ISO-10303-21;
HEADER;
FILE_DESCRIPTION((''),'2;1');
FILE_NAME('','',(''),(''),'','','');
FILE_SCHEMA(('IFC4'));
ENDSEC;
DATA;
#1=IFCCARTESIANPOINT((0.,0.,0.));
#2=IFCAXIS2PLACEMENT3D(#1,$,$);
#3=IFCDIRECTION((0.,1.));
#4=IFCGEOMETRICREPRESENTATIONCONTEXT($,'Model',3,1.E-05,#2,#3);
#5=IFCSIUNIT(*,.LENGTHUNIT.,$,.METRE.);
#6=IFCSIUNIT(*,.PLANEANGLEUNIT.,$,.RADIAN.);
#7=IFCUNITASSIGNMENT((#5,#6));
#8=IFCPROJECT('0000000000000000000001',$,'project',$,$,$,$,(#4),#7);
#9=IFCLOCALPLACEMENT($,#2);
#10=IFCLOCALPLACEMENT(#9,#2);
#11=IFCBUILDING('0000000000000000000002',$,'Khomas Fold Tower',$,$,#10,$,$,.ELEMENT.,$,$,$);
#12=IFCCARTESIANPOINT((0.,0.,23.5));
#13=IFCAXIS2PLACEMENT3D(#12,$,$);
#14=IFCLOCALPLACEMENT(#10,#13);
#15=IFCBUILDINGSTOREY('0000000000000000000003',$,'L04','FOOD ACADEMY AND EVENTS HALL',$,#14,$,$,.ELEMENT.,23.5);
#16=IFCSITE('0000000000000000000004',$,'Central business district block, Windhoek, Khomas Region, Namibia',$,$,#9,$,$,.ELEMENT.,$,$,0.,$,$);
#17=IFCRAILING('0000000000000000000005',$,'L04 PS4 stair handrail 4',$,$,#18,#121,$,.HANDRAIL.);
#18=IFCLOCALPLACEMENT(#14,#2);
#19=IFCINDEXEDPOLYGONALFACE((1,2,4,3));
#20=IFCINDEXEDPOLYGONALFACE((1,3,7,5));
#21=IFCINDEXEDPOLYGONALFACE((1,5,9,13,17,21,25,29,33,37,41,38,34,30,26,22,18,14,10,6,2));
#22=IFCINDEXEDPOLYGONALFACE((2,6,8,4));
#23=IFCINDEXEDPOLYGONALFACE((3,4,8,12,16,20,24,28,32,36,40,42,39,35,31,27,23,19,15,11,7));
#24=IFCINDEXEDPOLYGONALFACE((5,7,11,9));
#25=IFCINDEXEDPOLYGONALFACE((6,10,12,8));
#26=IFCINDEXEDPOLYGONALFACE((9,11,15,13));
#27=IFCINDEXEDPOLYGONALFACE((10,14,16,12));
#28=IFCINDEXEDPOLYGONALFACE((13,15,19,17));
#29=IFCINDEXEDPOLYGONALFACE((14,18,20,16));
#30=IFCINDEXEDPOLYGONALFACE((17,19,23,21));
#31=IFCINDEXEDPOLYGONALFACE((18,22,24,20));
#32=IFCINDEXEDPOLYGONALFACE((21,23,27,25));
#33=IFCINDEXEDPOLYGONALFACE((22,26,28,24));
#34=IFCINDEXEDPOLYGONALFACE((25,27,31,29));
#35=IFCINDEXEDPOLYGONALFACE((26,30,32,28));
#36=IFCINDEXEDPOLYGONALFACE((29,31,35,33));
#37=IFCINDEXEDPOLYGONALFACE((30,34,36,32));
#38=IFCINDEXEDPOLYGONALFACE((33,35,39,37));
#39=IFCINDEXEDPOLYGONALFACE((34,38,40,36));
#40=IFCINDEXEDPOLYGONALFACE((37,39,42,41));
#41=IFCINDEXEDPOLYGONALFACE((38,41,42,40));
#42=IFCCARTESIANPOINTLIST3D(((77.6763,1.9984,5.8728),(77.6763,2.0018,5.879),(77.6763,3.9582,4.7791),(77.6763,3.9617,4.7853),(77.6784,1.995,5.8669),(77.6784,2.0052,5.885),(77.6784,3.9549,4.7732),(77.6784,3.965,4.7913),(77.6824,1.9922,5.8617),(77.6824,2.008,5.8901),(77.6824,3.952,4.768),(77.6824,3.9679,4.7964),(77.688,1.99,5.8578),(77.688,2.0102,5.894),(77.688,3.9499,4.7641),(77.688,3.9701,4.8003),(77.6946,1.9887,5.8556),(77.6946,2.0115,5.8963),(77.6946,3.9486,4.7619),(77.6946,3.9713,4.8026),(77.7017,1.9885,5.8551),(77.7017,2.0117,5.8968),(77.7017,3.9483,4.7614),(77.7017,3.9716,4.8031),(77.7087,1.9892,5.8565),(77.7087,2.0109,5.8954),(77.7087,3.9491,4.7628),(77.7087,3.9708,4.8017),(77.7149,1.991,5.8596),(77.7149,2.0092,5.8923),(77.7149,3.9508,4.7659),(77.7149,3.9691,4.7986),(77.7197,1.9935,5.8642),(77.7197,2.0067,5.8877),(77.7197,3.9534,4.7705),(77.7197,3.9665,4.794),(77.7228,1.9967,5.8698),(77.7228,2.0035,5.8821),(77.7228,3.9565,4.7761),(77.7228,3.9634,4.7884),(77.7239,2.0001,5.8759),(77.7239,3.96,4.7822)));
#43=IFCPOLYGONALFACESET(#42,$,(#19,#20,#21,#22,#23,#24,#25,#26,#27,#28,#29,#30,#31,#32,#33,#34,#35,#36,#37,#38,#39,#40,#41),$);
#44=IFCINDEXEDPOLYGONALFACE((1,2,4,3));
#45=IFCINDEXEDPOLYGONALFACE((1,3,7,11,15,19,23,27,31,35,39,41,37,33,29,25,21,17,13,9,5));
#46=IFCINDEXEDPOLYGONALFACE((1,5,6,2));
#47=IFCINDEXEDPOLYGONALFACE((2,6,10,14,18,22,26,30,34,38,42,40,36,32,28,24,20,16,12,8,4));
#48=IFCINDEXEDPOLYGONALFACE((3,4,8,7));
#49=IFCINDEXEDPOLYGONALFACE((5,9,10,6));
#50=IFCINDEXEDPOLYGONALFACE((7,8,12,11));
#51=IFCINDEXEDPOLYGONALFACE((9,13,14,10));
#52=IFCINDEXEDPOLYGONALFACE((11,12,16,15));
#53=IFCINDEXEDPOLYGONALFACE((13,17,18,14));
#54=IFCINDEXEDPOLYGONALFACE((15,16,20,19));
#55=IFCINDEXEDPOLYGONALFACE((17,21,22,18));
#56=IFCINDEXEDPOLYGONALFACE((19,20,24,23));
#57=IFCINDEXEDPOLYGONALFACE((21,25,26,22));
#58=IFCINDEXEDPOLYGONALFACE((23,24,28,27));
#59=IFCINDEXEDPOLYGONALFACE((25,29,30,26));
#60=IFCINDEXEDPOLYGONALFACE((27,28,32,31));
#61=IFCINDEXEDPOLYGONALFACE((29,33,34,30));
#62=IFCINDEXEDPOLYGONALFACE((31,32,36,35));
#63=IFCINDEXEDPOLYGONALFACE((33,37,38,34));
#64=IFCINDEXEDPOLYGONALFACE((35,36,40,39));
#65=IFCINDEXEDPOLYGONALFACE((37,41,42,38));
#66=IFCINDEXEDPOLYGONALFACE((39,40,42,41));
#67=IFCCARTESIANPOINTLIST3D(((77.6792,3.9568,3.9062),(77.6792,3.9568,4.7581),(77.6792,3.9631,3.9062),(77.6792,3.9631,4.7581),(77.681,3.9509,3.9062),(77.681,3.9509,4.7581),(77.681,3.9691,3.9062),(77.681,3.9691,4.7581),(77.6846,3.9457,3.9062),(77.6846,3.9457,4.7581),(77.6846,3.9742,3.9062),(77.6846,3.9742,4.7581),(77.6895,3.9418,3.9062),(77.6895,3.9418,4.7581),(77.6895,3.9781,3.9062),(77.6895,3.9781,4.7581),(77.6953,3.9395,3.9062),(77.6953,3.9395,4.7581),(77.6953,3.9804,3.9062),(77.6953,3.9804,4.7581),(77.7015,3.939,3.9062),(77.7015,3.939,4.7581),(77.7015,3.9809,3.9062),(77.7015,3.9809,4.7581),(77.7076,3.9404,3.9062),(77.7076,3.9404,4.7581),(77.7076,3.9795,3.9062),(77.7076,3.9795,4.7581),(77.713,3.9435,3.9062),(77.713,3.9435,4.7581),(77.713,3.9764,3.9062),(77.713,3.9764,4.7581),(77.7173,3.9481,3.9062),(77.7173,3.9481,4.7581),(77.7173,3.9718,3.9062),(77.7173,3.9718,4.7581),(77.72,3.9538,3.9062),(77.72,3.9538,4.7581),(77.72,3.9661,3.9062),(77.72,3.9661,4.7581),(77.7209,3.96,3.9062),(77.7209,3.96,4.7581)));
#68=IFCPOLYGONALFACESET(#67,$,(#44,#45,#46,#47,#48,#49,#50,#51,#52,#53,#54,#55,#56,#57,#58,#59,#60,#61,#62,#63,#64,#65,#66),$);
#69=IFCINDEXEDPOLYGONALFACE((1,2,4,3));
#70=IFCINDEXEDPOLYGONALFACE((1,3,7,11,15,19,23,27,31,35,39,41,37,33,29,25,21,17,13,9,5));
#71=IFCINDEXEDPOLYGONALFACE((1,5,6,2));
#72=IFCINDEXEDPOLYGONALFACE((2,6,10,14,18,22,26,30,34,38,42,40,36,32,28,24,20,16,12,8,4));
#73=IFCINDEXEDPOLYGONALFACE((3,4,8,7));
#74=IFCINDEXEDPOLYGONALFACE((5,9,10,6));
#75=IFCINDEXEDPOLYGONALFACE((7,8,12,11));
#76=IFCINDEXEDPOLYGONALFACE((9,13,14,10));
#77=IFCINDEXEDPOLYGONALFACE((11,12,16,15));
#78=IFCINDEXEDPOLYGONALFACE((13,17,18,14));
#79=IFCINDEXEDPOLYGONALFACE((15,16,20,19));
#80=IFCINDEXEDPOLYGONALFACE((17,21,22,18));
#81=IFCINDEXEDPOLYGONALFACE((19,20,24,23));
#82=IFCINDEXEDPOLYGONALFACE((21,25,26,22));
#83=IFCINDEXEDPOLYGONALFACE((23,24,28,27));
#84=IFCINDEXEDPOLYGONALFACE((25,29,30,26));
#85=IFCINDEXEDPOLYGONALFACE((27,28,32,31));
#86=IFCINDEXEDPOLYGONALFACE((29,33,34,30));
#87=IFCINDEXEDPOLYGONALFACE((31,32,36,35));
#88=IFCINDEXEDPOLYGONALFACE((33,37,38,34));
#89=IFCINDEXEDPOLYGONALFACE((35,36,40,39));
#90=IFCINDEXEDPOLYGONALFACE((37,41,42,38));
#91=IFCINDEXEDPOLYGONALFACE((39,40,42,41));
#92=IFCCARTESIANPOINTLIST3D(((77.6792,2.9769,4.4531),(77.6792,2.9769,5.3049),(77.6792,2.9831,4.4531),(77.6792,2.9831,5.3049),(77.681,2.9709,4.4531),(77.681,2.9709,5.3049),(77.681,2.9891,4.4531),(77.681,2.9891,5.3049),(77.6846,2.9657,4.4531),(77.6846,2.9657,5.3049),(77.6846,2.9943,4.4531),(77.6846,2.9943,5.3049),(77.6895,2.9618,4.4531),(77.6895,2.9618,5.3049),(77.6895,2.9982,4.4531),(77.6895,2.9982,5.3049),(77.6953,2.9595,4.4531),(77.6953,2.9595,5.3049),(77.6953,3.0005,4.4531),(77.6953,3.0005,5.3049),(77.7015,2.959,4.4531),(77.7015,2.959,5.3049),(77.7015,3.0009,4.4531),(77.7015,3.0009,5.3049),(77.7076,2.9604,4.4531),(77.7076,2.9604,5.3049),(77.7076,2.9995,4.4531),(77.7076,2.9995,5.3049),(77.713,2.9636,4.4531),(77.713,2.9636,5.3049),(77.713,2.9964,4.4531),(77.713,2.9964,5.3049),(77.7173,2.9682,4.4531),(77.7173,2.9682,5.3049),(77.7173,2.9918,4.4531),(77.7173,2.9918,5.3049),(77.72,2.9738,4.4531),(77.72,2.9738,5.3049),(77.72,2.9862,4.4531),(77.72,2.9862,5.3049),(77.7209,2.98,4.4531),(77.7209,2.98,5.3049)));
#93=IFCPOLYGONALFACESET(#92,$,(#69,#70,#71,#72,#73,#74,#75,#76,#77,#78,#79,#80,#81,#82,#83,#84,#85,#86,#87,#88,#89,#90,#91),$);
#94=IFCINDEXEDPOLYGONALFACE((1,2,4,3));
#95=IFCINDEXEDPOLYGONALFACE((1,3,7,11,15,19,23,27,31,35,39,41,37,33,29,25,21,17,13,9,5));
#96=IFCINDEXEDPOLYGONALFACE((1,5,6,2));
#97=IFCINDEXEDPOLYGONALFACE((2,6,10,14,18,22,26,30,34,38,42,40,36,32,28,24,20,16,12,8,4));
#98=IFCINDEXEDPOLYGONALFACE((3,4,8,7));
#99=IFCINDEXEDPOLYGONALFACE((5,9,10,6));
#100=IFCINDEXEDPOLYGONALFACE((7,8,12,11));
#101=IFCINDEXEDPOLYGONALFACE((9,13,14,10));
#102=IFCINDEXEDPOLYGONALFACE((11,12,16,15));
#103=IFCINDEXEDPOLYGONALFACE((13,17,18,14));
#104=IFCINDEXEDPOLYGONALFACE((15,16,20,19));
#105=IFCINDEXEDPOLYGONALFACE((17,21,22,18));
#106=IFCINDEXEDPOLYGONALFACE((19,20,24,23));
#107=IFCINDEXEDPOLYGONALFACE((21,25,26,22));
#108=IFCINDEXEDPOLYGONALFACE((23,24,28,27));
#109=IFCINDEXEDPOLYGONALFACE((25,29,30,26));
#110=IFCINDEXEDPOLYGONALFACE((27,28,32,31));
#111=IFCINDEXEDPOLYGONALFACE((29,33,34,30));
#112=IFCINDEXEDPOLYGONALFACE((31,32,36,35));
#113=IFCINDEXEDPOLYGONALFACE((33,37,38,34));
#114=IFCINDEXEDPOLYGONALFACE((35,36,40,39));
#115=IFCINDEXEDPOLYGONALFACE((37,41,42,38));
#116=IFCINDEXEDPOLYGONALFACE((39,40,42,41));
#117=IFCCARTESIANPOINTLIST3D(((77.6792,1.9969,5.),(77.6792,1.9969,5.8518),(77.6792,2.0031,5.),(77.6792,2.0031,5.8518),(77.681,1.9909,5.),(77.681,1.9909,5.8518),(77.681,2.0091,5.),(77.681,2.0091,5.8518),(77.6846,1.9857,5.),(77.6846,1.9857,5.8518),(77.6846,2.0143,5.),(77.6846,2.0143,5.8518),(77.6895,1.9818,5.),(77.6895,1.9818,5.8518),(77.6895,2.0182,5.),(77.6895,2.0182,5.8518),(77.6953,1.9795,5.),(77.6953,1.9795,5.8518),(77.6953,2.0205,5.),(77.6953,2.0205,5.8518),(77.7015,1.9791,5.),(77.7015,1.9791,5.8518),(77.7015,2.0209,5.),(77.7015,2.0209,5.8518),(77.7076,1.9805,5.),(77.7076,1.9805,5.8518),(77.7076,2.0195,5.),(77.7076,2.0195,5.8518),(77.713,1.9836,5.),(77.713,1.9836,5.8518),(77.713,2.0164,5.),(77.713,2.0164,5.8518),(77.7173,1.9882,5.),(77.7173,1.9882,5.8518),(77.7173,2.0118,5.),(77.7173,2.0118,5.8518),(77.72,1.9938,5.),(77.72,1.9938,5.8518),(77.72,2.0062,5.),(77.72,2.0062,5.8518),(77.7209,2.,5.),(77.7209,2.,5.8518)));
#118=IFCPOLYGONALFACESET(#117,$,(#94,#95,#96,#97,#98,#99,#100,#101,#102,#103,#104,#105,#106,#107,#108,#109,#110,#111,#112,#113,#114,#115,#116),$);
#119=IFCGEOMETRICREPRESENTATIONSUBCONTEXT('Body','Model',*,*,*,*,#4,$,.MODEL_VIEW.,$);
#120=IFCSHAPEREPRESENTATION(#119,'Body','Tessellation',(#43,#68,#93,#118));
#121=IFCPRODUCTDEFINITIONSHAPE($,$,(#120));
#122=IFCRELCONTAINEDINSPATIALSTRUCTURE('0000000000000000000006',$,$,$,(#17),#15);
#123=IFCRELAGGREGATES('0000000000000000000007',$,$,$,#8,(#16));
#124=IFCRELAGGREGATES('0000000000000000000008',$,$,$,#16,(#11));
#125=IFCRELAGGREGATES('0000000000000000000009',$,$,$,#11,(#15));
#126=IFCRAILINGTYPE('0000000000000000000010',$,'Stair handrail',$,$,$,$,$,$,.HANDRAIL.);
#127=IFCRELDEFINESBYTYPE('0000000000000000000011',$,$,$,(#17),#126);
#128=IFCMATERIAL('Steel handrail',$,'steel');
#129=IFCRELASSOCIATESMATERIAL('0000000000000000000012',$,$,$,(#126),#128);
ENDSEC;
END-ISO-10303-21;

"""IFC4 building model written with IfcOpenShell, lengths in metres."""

from ifc_helpers import new_model, si_unit, direction, frame, origin, origin_2d, place, context, subcontext, project, spatial, circle, extrude, source, transform, mapped, material, type_object, element, save


model = new_model("IFC4")

# Units and contexts
model_context = context("Model", 3, precision=1e-05, world=origin(), true_north=direction((0.0, 1.0)))
body_context = subcontext(model_context, "Body", "Model", "MODEL_VIEW")
ifc_project = project(units=[si_unit("LENGTHUNIT", "METRE"), si_unit("PLANEANGLEUNIT", "RADIAN")], contexts=[model_context])

# Site, building, storey
site_placement = place(None, origin())
site = spatial("IfcSite", under=ifc_project, at=site_placement, Name="Central business district block, Windhoek, Khomas Region, Namibia", CompositionType="ELEMENT", RefElevation=0.0)
building_placement = place(site_placement, origin())
building = spatial("IfcBuilding", under=site, at=building_placement, Name="Khomas Fold Tower", CompositionType="ELEMENT")
storey_placement = place(building_placement, frame((0.0, 0.0, 23.5)))
storey = spatial("IfcBuildingStorey", under=building, at=storey_placement, Name="L04", Description="FOOD ACADEMY AND EVENTS HALL", CompositionType="ELEMENT", Elevation=23.5)

# Railing
ifc_material_1 = material(Name="Steel handrail", Category="steel")
railing_type_1 = type_object("IfcRailingType", Name="Stair handrail", PredefinedType="HANDRAIL", material=ifc_material_1)
shared_shape_1 = source(origin(), body_context, "Body", "SweptSolid", [
    extrude(circle(Radius=0.0239, at=origin_2d()), frame((0.0, 0.0, 0.876), z_axis=(0.0, -0.873232, 0.487304), x_axis=(1.0, 0.0, 0.0)), (0.0, 0.0, 1.0), 2.2444),
    extrude(circle(Radius=0.021, at=origin_2d()), origin(), (0.0, 0.0, 1.0), 0.8518),
    extrude(circle(Radius=0.021, at=origin_2d()), frame((0.0, -0.98, 0.5469)), (0.0, 0.0, 1.0), 0.8518),
    extrude(circle(Radius=0.021, at=origin_2d()), frame((0.0, -1.96, 1.0938)), (0.0, 0.0, 1.0), 0.8518),
])
railing_placement = place(storey_placement, frame((77.7, 3.96, 3.9062)))
element("IfcRailing", 1, at=railing_placement, inside=storey, type_object=railing_type_1, Name="L04 PS4 stair handrail 4", PredefinedType="HANDRAIL", context=body_context, shape_type="MappedRepresentation", body=[
    mapped(shared_shape_1, transform((0.0, 0.0, 0.0))),
])

save(model, "model.ifc")
